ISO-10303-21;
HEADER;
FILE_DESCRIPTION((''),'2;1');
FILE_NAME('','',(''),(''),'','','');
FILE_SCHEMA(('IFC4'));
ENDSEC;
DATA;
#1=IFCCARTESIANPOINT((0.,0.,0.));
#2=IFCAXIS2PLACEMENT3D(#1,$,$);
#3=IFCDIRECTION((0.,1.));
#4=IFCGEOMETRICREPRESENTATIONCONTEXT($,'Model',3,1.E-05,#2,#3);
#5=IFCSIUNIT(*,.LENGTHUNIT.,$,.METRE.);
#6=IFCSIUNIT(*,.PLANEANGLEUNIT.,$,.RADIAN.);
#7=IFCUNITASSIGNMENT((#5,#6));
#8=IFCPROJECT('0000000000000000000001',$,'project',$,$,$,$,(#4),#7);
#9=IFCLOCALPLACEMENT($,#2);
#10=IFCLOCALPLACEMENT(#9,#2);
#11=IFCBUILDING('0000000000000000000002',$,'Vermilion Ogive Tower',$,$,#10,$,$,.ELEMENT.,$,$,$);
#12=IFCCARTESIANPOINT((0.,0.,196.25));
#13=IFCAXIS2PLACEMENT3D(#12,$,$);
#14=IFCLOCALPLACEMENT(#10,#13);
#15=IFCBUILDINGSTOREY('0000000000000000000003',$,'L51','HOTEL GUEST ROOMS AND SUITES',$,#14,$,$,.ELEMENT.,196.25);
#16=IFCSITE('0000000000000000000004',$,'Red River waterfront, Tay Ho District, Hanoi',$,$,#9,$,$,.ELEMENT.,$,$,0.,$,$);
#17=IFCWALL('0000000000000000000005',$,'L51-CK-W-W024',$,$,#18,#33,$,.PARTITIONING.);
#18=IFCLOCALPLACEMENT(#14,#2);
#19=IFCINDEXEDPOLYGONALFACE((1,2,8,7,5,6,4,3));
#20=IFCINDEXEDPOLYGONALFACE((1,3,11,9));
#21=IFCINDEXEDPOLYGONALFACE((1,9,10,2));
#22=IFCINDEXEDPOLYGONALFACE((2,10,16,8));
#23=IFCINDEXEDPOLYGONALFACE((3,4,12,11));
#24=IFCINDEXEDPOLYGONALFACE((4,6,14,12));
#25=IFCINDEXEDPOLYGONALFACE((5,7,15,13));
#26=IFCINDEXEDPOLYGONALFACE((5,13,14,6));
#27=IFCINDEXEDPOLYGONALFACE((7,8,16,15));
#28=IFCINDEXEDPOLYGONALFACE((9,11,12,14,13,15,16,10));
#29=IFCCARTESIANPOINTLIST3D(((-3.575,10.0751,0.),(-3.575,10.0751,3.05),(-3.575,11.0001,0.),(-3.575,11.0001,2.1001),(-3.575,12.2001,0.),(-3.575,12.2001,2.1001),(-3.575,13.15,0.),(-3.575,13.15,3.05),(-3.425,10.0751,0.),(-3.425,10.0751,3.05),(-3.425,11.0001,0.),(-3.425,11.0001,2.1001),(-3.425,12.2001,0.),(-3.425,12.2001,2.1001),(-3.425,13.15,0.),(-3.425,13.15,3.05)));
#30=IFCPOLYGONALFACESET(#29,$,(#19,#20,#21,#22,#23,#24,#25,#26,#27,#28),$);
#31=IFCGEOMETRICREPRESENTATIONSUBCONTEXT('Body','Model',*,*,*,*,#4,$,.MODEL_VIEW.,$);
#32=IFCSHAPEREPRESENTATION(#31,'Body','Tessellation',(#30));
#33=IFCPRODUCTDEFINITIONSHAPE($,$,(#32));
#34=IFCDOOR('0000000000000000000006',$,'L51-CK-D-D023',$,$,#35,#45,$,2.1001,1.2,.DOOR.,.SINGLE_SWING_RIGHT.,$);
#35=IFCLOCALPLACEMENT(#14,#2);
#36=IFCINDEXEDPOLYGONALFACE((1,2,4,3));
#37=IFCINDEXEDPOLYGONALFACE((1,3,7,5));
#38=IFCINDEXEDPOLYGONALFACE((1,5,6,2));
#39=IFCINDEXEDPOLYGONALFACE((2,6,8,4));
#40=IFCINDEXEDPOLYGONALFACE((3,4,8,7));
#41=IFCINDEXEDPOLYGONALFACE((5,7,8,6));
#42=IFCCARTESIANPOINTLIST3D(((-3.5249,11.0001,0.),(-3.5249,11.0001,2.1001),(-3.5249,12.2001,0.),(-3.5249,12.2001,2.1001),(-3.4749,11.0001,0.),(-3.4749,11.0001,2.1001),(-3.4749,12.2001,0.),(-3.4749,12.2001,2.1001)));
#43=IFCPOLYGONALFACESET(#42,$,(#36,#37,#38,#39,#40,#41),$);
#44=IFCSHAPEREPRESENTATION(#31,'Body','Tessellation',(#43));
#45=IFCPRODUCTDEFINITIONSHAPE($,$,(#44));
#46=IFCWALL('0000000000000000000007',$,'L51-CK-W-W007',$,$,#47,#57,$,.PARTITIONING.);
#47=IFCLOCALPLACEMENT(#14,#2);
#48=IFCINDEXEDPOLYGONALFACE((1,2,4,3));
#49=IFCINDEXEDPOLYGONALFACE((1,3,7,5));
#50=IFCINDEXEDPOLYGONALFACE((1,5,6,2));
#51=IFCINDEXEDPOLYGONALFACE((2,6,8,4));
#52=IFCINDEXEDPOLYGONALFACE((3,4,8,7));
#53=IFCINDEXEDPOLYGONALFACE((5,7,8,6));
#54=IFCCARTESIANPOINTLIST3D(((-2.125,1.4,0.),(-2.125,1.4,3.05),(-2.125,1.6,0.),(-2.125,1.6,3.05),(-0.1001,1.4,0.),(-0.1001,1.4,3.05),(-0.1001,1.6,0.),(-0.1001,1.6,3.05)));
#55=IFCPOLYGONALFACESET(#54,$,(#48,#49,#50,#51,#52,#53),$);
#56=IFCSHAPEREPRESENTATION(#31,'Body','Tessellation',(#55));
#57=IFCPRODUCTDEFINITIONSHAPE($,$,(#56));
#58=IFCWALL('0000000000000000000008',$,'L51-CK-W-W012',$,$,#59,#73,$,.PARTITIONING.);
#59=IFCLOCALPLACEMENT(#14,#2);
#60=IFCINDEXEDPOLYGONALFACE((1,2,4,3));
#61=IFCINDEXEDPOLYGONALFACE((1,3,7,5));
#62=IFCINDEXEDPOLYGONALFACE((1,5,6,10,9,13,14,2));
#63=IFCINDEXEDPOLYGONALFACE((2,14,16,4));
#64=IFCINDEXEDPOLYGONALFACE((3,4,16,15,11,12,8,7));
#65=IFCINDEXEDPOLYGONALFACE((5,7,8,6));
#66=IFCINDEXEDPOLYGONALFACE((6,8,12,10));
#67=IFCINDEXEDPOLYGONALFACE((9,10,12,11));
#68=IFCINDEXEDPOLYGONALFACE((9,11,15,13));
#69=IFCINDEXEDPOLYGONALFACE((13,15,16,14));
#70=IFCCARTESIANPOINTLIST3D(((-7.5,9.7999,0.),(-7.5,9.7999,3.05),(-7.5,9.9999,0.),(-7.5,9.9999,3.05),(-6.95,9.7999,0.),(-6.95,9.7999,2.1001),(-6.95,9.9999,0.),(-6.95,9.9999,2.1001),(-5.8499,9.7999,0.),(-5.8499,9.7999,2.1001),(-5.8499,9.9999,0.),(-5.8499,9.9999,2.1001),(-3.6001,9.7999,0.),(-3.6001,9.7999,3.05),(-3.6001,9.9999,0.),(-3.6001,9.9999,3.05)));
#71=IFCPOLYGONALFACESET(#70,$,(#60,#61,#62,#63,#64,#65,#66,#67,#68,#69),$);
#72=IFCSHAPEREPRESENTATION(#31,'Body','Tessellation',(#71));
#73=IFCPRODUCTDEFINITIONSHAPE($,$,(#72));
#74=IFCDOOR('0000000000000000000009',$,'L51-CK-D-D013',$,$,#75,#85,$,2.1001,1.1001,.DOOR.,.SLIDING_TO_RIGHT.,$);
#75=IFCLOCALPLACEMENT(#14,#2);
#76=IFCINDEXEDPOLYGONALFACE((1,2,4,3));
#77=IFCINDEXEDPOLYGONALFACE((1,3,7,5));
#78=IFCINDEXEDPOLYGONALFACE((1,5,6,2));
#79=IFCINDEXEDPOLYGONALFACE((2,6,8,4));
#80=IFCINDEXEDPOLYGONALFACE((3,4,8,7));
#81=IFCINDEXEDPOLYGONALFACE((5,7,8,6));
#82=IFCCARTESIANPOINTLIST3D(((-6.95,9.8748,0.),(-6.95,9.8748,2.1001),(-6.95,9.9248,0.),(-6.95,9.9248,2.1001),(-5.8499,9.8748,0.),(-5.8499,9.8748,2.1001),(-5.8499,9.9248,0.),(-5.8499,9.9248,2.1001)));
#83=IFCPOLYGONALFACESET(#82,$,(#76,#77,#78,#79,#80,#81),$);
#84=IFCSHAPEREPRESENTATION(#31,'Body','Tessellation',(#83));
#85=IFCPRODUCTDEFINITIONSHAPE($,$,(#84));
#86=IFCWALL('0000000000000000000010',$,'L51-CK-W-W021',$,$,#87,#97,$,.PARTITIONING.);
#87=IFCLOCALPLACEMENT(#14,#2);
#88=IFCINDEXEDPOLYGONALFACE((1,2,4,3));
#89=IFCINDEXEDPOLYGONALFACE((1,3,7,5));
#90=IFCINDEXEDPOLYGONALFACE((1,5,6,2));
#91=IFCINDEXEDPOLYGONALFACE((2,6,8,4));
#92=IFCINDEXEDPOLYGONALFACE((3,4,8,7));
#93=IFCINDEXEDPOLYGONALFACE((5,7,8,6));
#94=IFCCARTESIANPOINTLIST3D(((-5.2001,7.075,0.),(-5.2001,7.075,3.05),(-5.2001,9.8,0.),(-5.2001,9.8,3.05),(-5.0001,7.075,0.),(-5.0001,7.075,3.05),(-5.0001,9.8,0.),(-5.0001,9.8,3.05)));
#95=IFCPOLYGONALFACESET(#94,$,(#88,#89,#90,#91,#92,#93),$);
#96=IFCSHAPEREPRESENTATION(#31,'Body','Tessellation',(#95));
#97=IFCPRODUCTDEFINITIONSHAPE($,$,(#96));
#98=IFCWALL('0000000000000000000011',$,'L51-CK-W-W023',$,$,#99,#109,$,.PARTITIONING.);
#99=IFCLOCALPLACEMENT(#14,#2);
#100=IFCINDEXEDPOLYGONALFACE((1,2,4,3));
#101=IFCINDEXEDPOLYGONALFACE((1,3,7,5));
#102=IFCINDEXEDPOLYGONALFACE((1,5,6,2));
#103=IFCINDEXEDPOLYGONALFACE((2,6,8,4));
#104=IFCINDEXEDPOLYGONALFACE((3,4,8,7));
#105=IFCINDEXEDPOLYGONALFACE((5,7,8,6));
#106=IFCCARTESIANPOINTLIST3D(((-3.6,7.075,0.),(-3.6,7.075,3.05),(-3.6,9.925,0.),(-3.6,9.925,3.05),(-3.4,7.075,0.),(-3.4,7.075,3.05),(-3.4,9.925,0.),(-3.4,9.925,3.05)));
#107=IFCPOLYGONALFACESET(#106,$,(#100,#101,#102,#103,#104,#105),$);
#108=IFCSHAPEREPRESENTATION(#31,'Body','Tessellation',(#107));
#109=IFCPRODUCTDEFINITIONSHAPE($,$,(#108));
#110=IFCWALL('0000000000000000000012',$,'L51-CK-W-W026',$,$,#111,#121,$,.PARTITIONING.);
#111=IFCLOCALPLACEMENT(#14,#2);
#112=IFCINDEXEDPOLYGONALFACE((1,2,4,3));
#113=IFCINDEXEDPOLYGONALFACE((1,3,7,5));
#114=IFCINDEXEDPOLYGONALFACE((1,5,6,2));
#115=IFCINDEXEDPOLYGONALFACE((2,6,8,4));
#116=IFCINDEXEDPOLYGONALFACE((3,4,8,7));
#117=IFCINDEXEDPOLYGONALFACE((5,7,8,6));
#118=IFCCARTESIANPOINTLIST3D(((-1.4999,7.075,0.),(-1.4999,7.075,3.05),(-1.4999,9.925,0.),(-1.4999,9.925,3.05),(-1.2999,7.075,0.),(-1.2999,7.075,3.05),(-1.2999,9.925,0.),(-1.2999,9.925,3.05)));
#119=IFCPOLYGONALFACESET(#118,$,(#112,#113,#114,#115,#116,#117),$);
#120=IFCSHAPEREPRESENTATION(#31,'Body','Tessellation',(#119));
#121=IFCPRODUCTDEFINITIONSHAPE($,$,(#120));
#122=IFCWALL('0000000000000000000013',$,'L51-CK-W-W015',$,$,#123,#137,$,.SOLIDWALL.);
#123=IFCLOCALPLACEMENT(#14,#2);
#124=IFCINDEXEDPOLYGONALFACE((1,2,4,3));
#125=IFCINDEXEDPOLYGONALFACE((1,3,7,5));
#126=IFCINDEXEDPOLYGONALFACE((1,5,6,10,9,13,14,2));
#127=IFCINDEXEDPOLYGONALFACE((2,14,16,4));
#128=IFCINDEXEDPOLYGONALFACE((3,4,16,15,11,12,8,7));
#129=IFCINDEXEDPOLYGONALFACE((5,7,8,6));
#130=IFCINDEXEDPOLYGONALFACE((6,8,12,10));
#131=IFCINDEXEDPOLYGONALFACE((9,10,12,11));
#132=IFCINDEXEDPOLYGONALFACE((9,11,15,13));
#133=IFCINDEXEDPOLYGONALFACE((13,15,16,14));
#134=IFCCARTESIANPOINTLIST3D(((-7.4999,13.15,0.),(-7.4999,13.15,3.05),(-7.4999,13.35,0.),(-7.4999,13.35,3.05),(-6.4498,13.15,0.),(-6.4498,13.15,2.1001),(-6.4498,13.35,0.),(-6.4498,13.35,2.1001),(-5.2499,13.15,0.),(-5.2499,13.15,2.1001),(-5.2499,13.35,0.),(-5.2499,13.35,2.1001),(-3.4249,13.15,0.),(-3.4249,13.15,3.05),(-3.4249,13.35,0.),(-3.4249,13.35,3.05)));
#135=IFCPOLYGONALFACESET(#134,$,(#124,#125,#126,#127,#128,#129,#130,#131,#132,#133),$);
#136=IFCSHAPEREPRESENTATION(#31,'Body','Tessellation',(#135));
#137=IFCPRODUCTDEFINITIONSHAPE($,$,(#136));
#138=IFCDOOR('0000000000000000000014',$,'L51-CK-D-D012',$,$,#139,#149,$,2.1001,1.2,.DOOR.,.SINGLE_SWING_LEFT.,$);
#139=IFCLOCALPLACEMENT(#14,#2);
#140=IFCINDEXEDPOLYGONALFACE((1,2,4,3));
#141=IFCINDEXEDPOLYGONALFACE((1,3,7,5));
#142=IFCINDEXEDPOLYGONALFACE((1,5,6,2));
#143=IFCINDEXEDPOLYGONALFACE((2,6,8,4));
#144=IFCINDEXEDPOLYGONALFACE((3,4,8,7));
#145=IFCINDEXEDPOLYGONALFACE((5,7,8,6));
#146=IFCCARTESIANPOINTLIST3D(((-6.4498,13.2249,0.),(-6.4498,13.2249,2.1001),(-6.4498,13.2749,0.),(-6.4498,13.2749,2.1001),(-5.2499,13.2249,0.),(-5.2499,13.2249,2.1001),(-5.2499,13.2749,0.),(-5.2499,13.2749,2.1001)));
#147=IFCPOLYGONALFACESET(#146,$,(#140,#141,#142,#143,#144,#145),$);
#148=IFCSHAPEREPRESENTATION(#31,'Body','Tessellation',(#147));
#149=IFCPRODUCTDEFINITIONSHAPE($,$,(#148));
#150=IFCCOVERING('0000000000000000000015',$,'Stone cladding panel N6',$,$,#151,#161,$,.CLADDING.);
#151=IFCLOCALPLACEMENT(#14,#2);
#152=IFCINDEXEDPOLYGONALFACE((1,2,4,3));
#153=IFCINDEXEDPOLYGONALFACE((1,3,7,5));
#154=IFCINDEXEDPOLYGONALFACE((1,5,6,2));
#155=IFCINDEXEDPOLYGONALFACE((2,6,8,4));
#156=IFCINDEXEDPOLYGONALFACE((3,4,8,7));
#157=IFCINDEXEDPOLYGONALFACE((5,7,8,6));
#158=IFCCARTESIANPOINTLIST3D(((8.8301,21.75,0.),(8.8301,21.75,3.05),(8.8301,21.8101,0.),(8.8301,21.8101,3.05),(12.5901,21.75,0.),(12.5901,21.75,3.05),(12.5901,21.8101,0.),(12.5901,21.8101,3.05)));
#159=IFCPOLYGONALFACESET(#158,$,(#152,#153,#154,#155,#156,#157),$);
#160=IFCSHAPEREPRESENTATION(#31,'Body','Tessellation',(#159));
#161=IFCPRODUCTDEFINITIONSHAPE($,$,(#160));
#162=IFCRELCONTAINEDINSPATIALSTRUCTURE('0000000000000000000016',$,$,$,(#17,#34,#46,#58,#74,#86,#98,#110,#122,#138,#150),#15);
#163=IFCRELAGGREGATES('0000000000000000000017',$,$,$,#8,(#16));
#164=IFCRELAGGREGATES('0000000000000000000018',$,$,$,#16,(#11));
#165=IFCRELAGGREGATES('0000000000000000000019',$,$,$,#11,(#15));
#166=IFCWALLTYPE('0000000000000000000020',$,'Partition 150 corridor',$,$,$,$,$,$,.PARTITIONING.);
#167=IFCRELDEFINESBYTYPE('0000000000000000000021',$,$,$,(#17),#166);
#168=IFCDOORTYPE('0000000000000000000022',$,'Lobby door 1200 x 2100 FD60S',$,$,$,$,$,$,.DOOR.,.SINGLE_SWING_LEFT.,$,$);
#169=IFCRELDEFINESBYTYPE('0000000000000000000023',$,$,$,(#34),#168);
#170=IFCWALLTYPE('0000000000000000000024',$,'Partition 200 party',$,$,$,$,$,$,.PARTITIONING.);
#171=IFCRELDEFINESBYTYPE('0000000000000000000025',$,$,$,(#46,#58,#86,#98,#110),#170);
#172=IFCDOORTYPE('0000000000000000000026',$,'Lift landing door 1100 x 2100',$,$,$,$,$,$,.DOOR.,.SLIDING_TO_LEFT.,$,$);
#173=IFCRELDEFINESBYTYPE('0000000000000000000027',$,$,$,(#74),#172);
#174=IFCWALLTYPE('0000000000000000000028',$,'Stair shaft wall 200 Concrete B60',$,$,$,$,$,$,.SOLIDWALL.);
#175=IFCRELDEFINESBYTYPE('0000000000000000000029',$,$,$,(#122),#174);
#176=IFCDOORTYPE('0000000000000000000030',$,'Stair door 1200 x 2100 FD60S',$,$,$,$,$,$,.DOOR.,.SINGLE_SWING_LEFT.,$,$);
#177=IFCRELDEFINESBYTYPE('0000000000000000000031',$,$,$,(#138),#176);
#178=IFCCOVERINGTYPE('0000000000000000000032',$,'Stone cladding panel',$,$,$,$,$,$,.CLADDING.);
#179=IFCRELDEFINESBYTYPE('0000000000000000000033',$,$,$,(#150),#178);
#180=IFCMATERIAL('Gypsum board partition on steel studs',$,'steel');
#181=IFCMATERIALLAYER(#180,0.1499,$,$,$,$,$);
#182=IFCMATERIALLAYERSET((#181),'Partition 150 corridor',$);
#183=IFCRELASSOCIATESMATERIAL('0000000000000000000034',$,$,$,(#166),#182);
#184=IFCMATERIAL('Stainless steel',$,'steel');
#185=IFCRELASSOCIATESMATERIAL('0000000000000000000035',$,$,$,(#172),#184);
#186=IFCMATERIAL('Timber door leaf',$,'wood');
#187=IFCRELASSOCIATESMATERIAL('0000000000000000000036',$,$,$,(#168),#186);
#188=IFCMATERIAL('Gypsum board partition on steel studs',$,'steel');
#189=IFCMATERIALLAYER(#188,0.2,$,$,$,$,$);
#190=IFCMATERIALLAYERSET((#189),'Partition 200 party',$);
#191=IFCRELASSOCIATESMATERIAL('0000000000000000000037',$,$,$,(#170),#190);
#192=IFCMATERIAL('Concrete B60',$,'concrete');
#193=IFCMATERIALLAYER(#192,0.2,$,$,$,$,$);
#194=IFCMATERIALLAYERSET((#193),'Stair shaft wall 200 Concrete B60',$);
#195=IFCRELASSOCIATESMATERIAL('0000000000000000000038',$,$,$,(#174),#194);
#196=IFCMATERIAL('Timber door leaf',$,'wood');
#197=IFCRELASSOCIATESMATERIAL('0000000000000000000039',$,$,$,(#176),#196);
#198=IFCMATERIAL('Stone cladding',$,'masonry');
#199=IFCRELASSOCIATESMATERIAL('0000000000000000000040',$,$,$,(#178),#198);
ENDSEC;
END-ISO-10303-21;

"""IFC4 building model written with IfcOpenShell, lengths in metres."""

from ifc_helpers import new_model, si_unit, direction, frame, frame_2d, origin, place, context, subcontext, project, spatial, polyline, rectangle, outline, extrude, material, layer, layer_set, type_object, element, fill, save


model = new_model("IFC4")

# Units and contexts
model_context = context("Model", 3, precision=1e-05, world=origin(), true_north=direction((0.0, 1.0)))
body_context = subcontext(model_context, "Body", "Model", "MODEL_VIEW")
ifc_project = project(units=[si_unit("LENGTHUNIT", "METRE"), si_unit("PLANEANGLEUNIT", "RADIAN")], contexts=[model_context])

# Site, building, storey
site_placement = place(None, origin())
site = spatial("IfcSite", under=ifc_project, at=site_placement, Name="Red River waterfront, Tay Ho District, Hanoi", CompositionType="ELEMENT", RefElevation=0.0)
building_placement = place(site_placement, origin())
building = spatial("IfcBuilding", under=site, at=building_placement, Name="Vermilion Ogive Tower", CompositionType="ELEMENT")
storey_placement = place(building_placement, frame((0.0, 0.0, 196.25)))
storey = spatial("IfcBuildingStorey", under=building, at=storey_placement, Name="L51", Description="HOTEL GUEST ROOMS AND SUITES", CompositionType="ELEMENT", Elevation=196.25)

# Shared definitions
ifc_material_1 = material(Name="Gypsum board partition on steel studs", Category="steel")
ifc_layer_1 = layer(ifc_material_1, 0.1499)
ifc_layer_set_1 = layer_set([ifc_layer_1], Name="Partition 150 corridor")
wall_type_1 = type_object("IfcWallType", Name="Partition 150 corridor", PredefinedType="PARTITIONING", material=ifc_layer_set_1)

# Shared definitions
ifc_material_2 = material(Name="Stainless steel", Category="steel")
door_type_1 = type_object("IfcDoorType", Name="Lift landing door 1100 x 2100", OperationType="SLIDING_TO_LEFT", PredefinedType="DOOR", material=ifc_material_2)

# Wall, opening, door
wall_1_placement = place(storey_placement, frame((-3.5, 10.075, 0.0), z_axis=(0.0, 0.0, 1.0), x_axis=(0.0, 1.0, 0.0)))
wall_1 = element("IfcWall", 1, at=wall_1_placement, inside=storey, type_object=wall_type_1, Name="L51-CK-W-W024", PredefinedType="PARTITIONING", context=body_context, shape_type="SweptSolid", body=[
    extrude(rectangle(XDim=3.075, YDim=0.1499, at=frame_2d((1.5376, 0.0))), origin(), (0.0, 0.0, 1.0), 3.05),
])
opening_1_placement = place(wall_1_placement, frame((0.925, 0.0, 0.0)))
opening_1 = element("IfcOpeningElement", 2, at=opening_1_placement, cuts=wall_1, PredefinedType="OPENING", context=body_context, shape_type="SweptSolid", body=[
    extrude(rectangle(XDim=1.2, YDim=2.1001, at=frame_2d((0.6001, 1.05))), frame((0.0, 0.085, 0.0), z_axis=(0.0, -1.0, 0.0), x_axis=(1.0, 0.0, 0.0)), (0.0, 0.0, 1.0), 0.1699),
])
ifc_material_3 = material(Name="Timber door leaf", Category="wood")
door_type_2 = type_object("IfcDoorType", Name="Lobby door 1200 x 2100 FD60S", OperationType="SINGLE_SWING_LEFT", PredefinedType="DOOR", material=ifc_material_3)
door_1_placement = place(opening_1_placement, origin())
door_1 = element("IfcDoor", 3, at=door_1_placement, inside=storey, type_object=door_type_2, Name="L51-CK-D-D023", OperationType="SINGLE_SWING_RIGHT", OverallHeight=2.1001, OverallWidth=1.2, PredefinedType="DOOR", context=body_context, shape_type="SweptSolid", body=[
    extrude(rectangle(XDim=1.2, YDim=2.1001, at=frame_2d((0.6001, 1.05))), frame((0.0, 0.0249, 0.0), z_axis=(0.0, -1.0, 0.0), x_axis=(1.0, 0.0, 0.0)), (0.0, 0.0, 1.0), 0.05),
])
fill(opening_1, door_1)

# Wall
ifc_material_4 = material(Name="Gypsum board partition on steel studs", Category="steel")
ifc_layer_2 = layer(ifc_material_4, 0.2)
ifc_layer_set_2 = layer_set([ifc_layer_2], Name="Partition 200 party")
wall_type_2 = type_object("IfcWallType", Name="Partition 200 party", PredefinedType="PARTITIONING", material=ifc_layer_set_2)
wall_2_placement = place(storey_placement, frame((-2.125, 1.5, 0.0), z_axis=(0.0, 0.0, 1.0), x_axis=(1.0, 0.0, 0.0)))
element("IfcWall", 4, at=wall_2_placement, inside=storey, type_object=wall_type_2, Name="L51-CK-W-W007", PredefinedType="PARTITIONING", context=body_context, shape_type="SweptSolid", body=[
    extrude(rectangle(XDim=2.0249, YDim=0.2, at=frame_2d((1.0125, 0.0))), origin(), (0.0, 0.0, 1.0), 3.05),
])

# Wall, opening, door
wall_3_placement = place(storey_placement, frame((-7.5, 9.8999, 0.0), z_axis=(0.0, 0.0, 1.0), x_axis=(1.0, 0.0, 0.0)))
wall_3 = element("IfcWall", 5, at=wall_3_placement, inside=storey, type_object=wall_type_2, Name="L51-CK-W-W012", PredefinedType="PARTITIONING", context=body_context, shape_type="SweptSolid", body=[
    extrude(rectangle(XDim=3.8999, YDim=0.2, at=frame_2d((1.95, 0.0))), origin(), (0.0, 0.0, 1.0), 3.05),
])
opening_2_placement = place(wall_3_placement, frame((0.55, 0.0, 0.0)))
opening_2 = element("IfcOpeningElement", 6, at=opening_2_placement, cuts=wall_3, PredefinedType="OPENING", context=body_context, shape_type="SweptSolid", body=[
    extrude(rectangle(XDim=1.1001, YDim=2.1001, at=frame_2d((0.55, 1.05))), frame((0.0, 0.1099, 0.0), z_axis=(0.0, -1.0, 0.0), x_axis=(1.0, 0.0, 0.0)), (0.0, 0.0, 1.0), 0.22),
])
door_2_placement = place(opening_2_placement, origin())
door_2 = element("IfcDoor", 7, at=door_2_placement, inside=storey, type_object=door_type_1, Name="L51-CK-D-D013", OperationType="SLIDING_TO_RIGHT", OverallHeight=2.1001, OverallWidth=1.1001, PredefinedType="DOOR", context=body_context, shape_type="SweptSolid", body=[
    extrude(rectangle(XDim=1.1001, YDim=2.1001, at=frame_2d((0.55, 1.05))), frame((0.0, 0.0249, 0.0), z_axis=(0.0, -1.0, 0.0), x_axis=(1.0, 0.0, 0.0)), (0.0, 0.0, 1.0), 0.05),
])
fill(opening_2, door_2)

# Walls
wall_4_placement = place(storey_placement, frame((-5.1001, 7.075, 0.0), z_axis=(0.0, 0.0, 1.0), x_axis=(0.0, 1.0, 0.0)))
element("IfcWall", 8, at=wall_4_placement, inside=storey, type_object=wall_type_2, Name="L51-CK-W-W021", PredefinedType="PARTITIONING", context=body_context, shape_type="SweptSolid", body=[
    extrude(rectangle(XDim=2.7251, YDim=0.2, at=frame_2d((1.3625, 0.0))), origin(), (0.0, 0.0, 1.0), 3.05),
])
for number, where, z_axis, x_axis, name in (
    (9, (-3.5, 7.075, 0.0), (0.0, 0.0, 1.0), (0.0, 1.0, 0.0), "L51-CK-W-W023"),
    (10, (-1.3999, 7.075, 0.0), (0.0, 0.0, 1.0), (0.0, 1.0, 0.0), "L51-CK-W-W026"),
):
    element("IfcWall", number, at=place(storey_placement, frame(where, z_axis=z_axis, x_axis=x_axis)), inside=storey, type_object=wall_type_2, Name=name, PredefinedType="PARTITIONING", context=body_context, shape_type="SweptSolid", body=[
        extrude(rectangle(XDim=2.8501, YDim=0.2, at=frame_2d((1.425, 0.0))), origin(), (0.0, 0.0, 1.0), 3.05),
    ])

# Wall, opening, door
ifc_material_5 = material(Name="Concrete B60", Category="concrete")
ifc_layer_3 = layer(ifc_material_5, 0.2)
ifc_layer_set_3 = layer_set([ifc_layer_3], Name="Stair shaft wall 200 Concrete B60")
wall_type_3 = type_object("IfcWallType", Name="Stair shaft wall 200 Concrete B60", PredefinedType="SOLIDWALL", material=ifc_layer_set_3)
wall_5_placement = place(storey_placement, frame((-7.5, 13.25, 0.0), z_axis=(0.0, 0.0, 1.0), x_axis=(1.0, 0.0, 0.0)))
wall_5 = element("IfcWall", 11, at=wall_5_placement, inside=storey, type_object=wall_type_3, Name="L51-CK-W-W015", PredefinedType="SOLIDWALL", context=body_context, shape_type="SweptSolid", body=[
    extrude(rectangle(XDim=4.075, YDim=0.2, at=frame_2d((2.0376, 0.0))), origin(), (0.0, 0.0, 1.0), 3.05),
])
opening_3_placement = place(wall_5_placement, frame((1.05, 0.0, 0.0)))
opening_3 = element("IfcOpeningElement", 12, at=opening_3_placement, cuts=wall_5, PredefinedType="OPENING", context=body_context, shape_type="SweptSolid", body=[
    extrude(rectangle(XDim=1.2, YDim=2.1001, at=frame_2d((0.6001, 1.05))), frame((0.0, 0.1099, 0.0), z_axis=(0.0, -1.0, 0.0), x_axis=(1.0, 0.0, 0.0)), (0.0, 0.0, 1.0), 0.22),
])
ifc_material_6 = material(Name="Timber door leaf", Category="wood")
door_type_3 = type_object("IfcDoorType", Name="Stair door 1200 x 2100 FD60S", OperationType="SINGLE_SWING_LEFT", PredefinedType="DOOR", material=ifc_material_6)
door_3_placement = place(opening_3_placement, origin())
door_3 = element("IfcDoor", 13, at=door_3_placement, inside=storey, type_object=door_type_3, Name="L51-CK-D-D012", OperationType="SINGLE_SWING_LEFT", OverallHeight=2.1001, OverallWidth=1.2, PredefinedType="DOOR", context=body_context, shape_type="SweptSolid", body=[
    extrude(rectangle(XDim=1.2, YDim=2.1001, at=frame_2d((0.6001, 1.05))), frame((0.0, 0.0249, 0.0), z_axis=(0.0, -1.0, 0.0), x_axis=(1.0, 0.0, 0.0)), (0.0, 0.0, 1.0), 0.05),
])
fill(opening_3, door_3)

# Covering
ifc_material_7 = material(Name="Stone cladding", Category="masonry")
covering_type = type_object("IfcCoveringType", Name="Stone cladding panel", PredefinedType="CLADDING", material=ifc_material_7)
covering_placement = place(storey_placement, origin())
element("IfcCovering", 14, at=covering_placement, inside=storey, type_object=covering_type, Name="Stone cladding panel N6", PredefinedType="CLADDING", context=body_context, shape_type="SweptSolid", body=[
    extrude(outline(polyline([(8.8301, 21.75), (12.5901, 21.75), (12.5901, 21.8101), (8.8301, 21.8101), (8.8301, 21.75)])), origin(), (0.0, 0.0, 1.0), 3.05),
])

save(model, "model.ifc")
